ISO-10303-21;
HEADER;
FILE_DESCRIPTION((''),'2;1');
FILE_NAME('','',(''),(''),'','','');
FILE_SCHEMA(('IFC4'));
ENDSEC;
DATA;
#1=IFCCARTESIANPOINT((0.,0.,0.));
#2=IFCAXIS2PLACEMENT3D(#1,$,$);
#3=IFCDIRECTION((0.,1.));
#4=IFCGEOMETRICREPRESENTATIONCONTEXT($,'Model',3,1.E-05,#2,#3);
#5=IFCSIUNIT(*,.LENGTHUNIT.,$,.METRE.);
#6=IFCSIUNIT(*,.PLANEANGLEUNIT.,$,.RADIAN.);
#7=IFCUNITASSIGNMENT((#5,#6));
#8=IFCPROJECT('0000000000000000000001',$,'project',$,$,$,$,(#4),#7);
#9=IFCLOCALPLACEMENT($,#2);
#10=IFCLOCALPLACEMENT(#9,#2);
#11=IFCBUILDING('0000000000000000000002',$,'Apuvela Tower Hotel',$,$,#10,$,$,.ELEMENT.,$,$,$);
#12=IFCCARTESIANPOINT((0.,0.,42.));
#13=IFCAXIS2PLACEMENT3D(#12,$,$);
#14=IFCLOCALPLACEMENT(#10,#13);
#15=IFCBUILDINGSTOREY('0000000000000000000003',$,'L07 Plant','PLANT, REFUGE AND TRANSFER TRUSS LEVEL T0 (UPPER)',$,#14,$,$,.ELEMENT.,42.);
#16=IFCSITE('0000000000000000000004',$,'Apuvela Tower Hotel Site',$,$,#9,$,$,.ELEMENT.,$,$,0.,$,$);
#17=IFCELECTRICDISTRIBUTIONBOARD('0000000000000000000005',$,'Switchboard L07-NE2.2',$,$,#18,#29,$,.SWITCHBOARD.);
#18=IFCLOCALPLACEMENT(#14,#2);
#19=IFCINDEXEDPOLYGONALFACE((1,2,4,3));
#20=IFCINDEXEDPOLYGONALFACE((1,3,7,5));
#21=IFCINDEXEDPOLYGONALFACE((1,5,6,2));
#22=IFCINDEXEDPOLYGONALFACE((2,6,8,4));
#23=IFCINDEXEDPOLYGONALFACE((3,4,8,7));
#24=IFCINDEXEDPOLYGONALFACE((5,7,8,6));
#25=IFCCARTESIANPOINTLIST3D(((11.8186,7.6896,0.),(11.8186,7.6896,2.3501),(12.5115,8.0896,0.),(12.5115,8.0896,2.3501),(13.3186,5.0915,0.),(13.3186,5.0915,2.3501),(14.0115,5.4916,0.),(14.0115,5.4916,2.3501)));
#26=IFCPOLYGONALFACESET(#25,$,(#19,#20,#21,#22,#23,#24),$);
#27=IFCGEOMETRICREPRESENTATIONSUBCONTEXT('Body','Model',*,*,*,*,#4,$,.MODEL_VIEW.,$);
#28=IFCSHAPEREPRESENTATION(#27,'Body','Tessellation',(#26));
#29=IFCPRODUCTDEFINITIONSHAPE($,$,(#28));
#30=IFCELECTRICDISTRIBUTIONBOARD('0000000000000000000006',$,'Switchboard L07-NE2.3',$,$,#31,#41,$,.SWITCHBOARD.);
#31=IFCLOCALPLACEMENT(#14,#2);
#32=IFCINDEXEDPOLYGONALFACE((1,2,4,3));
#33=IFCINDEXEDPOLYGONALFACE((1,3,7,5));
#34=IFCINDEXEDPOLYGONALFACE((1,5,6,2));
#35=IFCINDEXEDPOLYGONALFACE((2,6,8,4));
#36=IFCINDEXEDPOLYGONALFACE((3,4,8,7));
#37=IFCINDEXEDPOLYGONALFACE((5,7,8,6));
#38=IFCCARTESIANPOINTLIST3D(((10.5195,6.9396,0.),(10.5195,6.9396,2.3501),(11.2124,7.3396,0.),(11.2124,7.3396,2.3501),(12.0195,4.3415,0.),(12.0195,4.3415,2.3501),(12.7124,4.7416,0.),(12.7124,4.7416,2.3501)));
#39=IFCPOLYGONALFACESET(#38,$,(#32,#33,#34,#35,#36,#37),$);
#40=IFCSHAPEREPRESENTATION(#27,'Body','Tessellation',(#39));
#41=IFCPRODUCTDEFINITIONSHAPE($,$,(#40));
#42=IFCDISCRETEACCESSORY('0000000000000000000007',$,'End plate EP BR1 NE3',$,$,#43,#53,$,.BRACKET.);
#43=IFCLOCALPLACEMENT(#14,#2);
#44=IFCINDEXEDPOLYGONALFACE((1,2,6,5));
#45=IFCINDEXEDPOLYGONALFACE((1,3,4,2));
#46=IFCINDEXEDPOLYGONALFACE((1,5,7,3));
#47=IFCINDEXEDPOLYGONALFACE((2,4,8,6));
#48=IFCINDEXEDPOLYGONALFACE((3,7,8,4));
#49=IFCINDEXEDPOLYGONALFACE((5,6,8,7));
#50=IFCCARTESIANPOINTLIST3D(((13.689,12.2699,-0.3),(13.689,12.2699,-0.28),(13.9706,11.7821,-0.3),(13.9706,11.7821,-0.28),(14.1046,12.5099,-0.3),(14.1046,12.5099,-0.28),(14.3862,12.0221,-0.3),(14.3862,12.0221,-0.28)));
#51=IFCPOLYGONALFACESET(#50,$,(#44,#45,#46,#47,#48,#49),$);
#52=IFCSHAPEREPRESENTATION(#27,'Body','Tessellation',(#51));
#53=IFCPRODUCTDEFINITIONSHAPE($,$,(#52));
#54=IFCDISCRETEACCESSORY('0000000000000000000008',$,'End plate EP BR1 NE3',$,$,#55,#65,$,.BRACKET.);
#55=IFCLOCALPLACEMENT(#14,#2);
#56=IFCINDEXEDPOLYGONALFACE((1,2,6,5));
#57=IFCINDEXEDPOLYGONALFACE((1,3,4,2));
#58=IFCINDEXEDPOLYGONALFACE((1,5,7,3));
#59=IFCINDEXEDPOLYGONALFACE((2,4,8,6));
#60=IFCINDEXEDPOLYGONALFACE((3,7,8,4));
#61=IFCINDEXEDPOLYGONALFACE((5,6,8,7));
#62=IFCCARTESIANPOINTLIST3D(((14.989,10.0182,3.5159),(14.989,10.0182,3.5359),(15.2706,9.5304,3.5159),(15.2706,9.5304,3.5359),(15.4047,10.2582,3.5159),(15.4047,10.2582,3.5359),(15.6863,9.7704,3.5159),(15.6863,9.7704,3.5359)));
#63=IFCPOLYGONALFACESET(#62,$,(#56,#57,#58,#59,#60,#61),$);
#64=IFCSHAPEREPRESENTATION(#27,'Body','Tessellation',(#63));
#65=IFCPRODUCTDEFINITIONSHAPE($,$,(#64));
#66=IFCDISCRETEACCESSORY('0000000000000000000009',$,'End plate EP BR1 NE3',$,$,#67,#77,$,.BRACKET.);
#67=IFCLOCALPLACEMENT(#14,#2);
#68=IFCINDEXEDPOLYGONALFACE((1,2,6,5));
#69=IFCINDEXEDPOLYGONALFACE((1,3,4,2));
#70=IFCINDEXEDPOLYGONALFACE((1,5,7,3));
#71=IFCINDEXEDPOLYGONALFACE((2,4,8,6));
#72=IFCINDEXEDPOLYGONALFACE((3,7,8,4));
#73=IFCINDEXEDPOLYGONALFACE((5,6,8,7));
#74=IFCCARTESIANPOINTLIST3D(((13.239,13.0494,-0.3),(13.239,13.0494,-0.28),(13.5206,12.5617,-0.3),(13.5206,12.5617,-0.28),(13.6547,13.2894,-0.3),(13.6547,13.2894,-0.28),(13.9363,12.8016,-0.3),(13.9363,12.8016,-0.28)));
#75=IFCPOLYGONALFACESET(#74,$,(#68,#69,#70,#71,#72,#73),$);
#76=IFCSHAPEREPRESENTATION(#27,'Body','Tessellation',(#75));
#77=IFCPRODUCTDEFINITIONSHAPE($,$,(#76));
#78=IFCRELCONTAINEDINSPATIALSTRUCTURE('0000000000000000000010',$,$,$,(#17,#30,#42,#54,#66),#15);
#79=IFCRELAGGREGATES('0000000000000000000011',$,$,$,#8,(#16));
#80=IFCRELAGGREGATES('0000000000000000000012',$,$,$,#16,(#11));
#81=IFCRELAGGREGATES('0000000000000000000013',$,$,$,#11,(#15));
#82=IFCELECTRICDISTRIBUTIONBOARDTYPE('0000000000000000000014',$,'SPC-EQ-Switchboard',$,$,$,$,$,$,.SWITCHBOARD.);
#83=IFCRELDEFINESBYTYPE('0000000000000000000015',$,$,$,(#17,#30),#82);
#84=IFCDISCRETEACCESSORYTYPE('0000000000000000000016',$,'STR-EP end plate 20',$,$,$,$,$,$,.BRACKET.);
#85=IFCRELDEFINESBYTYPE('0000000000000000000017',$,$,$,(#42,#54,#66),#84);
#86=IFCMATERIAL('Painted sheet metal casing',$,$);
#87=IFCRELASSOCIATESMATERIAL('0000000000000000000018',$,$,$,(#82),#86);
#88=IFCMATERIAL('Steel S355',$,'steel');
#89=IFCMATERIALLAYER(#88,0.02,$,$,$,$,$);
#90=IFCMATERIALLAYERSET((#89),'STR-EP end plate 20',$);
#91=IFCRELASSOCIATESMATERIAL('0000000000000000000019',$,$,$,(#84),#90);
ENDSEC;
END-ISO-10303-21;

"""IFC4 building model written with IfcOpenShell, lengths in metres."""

from ifc_helpers import new_model, si_unit, direction, frame, origin, origin_2d, place, context, subcontext, project, spatial, rectangle, extrude, material, layer, layer_set, type_object, element, save


model = new_model("IFC4")

# Units and contexts
model_context = context("Model", 3, precision=1e-05, world=origin(), true_north=direction((0.0, 1.0)))
body_context = subcontext(model_context, "Body", "Model", "MODEL_VIEW")
ifc_project = project(units=[si_unit("LENGTHUNIT", "METRE"), si_unit("PLANEANGLEUNIT", "RADIAN")], contexts=[model_context])

# Site, building, storey
site_placement = place(None, origin())
site = spatial("IfcSite", under=ifc_project, at=site_placement, Name="Apuvela Tower Hotel Site", CompositionType="ELEMENT", RefElevation=0.0)
building_placement = place(site_placement, origin())
building = spatial("IfcBuilding", under=site, at=building_placement, Name="Apuvela Tower Hotel", CompositionType="ELEMENT")
storey_placement = place(building_placement, frame((0.0, 0.0, 42.0)))
storey = spatial("IfcBuildingStorey", under=building, at=storey_placement, Name="L07 Plant", Description="PLANT, REFUGE AND TRANSFER TRUSS LEVEL T0 (UPPER)", CompositionType="ELEMENT", Elevation=42.0)

# Shared definitions
ifc_material_1 = material(Name="Steel S355", Category="steel")

# Shared definitions
ifc_material_2 = material(Name="Painted sheet metal casing")

# Electric distribution boards
electric_distribution_board_type = type_object("IfcElectricDistributionBoardType", Name="SPC-EQ-Switchboard", PredefinedType="SWITCHBOARD", material=ifc_material_2)
for number, where, z_axis, x_axis, name in (
    (1, (12.915, 6.5906, 0.0), (0.0, 0.0, 1.0), (-0.5, 0.866025, 0.0), "Switchboard L07-NE2.2"),
    (2, (11.616, 5.8406, 0.0), (0.0, 0.0, 1.0), (-0.5, 0.866025, 0.0), "Switchboard L07-NE2.3"),
):
    element("IfcElectricDistributionBoard", number, at=place(storey_placement, frame(where, z_axis=z_axis, x_axis=x_axis)), inside=storey, type_object=electric_distribution_board_type, Name=name, PredefinedType="SWITCHBOARD", context=body_context, shape_type="SweptSolid", body=[
        extrude(rectangle(XDim=3.0, YDim=0.8, at=origin_2d()), origin(), (0.0, 0.0, 1.0), 2.3501),
    ])

# Discrete accessories
ifc_layer_1 = layer(ifc_material_1, 0.02)
ifc_layer_set_1 = layer_set([ifc_layer_1], Name="STR-EP end plate 20")
discrete_accessory_type = type_object("IfcDiscreteAccessoryType", Name="STR-EP end plate 20", PredefinedType="BRACKET", material=ifc_layer_set_1)
for number, where, z_axis, x_axis, name in (
    (3, (14.0376, 12.146, -0.3), (0.0, 0.0, 1.0), (0.5, -0.866025, 0.0), "End plate EP BR1 NE3"),
    (4, (15.3376, 9.8943, 3.5159), (0.0, 0.0, 1.0), (0.5, -0.866025, 0.0), "End plate EP BR1 NE3"),
    (5, (13.5876, 12.9255, -0.3), (0.0, 0.0, 1.0), (-0.5, 0.866025, 0.0), "End plate EP BR1 NE3"),
):
    element("IfcDiscreteAccessory", number, at=place(storey_placement, frame(where, z_axis=z_axis, x_axis=x_axis)), inside=storey, type_object=discrete_accessory_type, Name=name, PredefinedType="BRACKET", context=body_context, shape_type="SweptSolid", body=[
        extrude(rectangle(XDim=0.5632, YDim=0.48, at=origin_2d()), origin(), (0.0, 0.0, 1.0), 0.02),
    ])

save(model, "model.ifc")
